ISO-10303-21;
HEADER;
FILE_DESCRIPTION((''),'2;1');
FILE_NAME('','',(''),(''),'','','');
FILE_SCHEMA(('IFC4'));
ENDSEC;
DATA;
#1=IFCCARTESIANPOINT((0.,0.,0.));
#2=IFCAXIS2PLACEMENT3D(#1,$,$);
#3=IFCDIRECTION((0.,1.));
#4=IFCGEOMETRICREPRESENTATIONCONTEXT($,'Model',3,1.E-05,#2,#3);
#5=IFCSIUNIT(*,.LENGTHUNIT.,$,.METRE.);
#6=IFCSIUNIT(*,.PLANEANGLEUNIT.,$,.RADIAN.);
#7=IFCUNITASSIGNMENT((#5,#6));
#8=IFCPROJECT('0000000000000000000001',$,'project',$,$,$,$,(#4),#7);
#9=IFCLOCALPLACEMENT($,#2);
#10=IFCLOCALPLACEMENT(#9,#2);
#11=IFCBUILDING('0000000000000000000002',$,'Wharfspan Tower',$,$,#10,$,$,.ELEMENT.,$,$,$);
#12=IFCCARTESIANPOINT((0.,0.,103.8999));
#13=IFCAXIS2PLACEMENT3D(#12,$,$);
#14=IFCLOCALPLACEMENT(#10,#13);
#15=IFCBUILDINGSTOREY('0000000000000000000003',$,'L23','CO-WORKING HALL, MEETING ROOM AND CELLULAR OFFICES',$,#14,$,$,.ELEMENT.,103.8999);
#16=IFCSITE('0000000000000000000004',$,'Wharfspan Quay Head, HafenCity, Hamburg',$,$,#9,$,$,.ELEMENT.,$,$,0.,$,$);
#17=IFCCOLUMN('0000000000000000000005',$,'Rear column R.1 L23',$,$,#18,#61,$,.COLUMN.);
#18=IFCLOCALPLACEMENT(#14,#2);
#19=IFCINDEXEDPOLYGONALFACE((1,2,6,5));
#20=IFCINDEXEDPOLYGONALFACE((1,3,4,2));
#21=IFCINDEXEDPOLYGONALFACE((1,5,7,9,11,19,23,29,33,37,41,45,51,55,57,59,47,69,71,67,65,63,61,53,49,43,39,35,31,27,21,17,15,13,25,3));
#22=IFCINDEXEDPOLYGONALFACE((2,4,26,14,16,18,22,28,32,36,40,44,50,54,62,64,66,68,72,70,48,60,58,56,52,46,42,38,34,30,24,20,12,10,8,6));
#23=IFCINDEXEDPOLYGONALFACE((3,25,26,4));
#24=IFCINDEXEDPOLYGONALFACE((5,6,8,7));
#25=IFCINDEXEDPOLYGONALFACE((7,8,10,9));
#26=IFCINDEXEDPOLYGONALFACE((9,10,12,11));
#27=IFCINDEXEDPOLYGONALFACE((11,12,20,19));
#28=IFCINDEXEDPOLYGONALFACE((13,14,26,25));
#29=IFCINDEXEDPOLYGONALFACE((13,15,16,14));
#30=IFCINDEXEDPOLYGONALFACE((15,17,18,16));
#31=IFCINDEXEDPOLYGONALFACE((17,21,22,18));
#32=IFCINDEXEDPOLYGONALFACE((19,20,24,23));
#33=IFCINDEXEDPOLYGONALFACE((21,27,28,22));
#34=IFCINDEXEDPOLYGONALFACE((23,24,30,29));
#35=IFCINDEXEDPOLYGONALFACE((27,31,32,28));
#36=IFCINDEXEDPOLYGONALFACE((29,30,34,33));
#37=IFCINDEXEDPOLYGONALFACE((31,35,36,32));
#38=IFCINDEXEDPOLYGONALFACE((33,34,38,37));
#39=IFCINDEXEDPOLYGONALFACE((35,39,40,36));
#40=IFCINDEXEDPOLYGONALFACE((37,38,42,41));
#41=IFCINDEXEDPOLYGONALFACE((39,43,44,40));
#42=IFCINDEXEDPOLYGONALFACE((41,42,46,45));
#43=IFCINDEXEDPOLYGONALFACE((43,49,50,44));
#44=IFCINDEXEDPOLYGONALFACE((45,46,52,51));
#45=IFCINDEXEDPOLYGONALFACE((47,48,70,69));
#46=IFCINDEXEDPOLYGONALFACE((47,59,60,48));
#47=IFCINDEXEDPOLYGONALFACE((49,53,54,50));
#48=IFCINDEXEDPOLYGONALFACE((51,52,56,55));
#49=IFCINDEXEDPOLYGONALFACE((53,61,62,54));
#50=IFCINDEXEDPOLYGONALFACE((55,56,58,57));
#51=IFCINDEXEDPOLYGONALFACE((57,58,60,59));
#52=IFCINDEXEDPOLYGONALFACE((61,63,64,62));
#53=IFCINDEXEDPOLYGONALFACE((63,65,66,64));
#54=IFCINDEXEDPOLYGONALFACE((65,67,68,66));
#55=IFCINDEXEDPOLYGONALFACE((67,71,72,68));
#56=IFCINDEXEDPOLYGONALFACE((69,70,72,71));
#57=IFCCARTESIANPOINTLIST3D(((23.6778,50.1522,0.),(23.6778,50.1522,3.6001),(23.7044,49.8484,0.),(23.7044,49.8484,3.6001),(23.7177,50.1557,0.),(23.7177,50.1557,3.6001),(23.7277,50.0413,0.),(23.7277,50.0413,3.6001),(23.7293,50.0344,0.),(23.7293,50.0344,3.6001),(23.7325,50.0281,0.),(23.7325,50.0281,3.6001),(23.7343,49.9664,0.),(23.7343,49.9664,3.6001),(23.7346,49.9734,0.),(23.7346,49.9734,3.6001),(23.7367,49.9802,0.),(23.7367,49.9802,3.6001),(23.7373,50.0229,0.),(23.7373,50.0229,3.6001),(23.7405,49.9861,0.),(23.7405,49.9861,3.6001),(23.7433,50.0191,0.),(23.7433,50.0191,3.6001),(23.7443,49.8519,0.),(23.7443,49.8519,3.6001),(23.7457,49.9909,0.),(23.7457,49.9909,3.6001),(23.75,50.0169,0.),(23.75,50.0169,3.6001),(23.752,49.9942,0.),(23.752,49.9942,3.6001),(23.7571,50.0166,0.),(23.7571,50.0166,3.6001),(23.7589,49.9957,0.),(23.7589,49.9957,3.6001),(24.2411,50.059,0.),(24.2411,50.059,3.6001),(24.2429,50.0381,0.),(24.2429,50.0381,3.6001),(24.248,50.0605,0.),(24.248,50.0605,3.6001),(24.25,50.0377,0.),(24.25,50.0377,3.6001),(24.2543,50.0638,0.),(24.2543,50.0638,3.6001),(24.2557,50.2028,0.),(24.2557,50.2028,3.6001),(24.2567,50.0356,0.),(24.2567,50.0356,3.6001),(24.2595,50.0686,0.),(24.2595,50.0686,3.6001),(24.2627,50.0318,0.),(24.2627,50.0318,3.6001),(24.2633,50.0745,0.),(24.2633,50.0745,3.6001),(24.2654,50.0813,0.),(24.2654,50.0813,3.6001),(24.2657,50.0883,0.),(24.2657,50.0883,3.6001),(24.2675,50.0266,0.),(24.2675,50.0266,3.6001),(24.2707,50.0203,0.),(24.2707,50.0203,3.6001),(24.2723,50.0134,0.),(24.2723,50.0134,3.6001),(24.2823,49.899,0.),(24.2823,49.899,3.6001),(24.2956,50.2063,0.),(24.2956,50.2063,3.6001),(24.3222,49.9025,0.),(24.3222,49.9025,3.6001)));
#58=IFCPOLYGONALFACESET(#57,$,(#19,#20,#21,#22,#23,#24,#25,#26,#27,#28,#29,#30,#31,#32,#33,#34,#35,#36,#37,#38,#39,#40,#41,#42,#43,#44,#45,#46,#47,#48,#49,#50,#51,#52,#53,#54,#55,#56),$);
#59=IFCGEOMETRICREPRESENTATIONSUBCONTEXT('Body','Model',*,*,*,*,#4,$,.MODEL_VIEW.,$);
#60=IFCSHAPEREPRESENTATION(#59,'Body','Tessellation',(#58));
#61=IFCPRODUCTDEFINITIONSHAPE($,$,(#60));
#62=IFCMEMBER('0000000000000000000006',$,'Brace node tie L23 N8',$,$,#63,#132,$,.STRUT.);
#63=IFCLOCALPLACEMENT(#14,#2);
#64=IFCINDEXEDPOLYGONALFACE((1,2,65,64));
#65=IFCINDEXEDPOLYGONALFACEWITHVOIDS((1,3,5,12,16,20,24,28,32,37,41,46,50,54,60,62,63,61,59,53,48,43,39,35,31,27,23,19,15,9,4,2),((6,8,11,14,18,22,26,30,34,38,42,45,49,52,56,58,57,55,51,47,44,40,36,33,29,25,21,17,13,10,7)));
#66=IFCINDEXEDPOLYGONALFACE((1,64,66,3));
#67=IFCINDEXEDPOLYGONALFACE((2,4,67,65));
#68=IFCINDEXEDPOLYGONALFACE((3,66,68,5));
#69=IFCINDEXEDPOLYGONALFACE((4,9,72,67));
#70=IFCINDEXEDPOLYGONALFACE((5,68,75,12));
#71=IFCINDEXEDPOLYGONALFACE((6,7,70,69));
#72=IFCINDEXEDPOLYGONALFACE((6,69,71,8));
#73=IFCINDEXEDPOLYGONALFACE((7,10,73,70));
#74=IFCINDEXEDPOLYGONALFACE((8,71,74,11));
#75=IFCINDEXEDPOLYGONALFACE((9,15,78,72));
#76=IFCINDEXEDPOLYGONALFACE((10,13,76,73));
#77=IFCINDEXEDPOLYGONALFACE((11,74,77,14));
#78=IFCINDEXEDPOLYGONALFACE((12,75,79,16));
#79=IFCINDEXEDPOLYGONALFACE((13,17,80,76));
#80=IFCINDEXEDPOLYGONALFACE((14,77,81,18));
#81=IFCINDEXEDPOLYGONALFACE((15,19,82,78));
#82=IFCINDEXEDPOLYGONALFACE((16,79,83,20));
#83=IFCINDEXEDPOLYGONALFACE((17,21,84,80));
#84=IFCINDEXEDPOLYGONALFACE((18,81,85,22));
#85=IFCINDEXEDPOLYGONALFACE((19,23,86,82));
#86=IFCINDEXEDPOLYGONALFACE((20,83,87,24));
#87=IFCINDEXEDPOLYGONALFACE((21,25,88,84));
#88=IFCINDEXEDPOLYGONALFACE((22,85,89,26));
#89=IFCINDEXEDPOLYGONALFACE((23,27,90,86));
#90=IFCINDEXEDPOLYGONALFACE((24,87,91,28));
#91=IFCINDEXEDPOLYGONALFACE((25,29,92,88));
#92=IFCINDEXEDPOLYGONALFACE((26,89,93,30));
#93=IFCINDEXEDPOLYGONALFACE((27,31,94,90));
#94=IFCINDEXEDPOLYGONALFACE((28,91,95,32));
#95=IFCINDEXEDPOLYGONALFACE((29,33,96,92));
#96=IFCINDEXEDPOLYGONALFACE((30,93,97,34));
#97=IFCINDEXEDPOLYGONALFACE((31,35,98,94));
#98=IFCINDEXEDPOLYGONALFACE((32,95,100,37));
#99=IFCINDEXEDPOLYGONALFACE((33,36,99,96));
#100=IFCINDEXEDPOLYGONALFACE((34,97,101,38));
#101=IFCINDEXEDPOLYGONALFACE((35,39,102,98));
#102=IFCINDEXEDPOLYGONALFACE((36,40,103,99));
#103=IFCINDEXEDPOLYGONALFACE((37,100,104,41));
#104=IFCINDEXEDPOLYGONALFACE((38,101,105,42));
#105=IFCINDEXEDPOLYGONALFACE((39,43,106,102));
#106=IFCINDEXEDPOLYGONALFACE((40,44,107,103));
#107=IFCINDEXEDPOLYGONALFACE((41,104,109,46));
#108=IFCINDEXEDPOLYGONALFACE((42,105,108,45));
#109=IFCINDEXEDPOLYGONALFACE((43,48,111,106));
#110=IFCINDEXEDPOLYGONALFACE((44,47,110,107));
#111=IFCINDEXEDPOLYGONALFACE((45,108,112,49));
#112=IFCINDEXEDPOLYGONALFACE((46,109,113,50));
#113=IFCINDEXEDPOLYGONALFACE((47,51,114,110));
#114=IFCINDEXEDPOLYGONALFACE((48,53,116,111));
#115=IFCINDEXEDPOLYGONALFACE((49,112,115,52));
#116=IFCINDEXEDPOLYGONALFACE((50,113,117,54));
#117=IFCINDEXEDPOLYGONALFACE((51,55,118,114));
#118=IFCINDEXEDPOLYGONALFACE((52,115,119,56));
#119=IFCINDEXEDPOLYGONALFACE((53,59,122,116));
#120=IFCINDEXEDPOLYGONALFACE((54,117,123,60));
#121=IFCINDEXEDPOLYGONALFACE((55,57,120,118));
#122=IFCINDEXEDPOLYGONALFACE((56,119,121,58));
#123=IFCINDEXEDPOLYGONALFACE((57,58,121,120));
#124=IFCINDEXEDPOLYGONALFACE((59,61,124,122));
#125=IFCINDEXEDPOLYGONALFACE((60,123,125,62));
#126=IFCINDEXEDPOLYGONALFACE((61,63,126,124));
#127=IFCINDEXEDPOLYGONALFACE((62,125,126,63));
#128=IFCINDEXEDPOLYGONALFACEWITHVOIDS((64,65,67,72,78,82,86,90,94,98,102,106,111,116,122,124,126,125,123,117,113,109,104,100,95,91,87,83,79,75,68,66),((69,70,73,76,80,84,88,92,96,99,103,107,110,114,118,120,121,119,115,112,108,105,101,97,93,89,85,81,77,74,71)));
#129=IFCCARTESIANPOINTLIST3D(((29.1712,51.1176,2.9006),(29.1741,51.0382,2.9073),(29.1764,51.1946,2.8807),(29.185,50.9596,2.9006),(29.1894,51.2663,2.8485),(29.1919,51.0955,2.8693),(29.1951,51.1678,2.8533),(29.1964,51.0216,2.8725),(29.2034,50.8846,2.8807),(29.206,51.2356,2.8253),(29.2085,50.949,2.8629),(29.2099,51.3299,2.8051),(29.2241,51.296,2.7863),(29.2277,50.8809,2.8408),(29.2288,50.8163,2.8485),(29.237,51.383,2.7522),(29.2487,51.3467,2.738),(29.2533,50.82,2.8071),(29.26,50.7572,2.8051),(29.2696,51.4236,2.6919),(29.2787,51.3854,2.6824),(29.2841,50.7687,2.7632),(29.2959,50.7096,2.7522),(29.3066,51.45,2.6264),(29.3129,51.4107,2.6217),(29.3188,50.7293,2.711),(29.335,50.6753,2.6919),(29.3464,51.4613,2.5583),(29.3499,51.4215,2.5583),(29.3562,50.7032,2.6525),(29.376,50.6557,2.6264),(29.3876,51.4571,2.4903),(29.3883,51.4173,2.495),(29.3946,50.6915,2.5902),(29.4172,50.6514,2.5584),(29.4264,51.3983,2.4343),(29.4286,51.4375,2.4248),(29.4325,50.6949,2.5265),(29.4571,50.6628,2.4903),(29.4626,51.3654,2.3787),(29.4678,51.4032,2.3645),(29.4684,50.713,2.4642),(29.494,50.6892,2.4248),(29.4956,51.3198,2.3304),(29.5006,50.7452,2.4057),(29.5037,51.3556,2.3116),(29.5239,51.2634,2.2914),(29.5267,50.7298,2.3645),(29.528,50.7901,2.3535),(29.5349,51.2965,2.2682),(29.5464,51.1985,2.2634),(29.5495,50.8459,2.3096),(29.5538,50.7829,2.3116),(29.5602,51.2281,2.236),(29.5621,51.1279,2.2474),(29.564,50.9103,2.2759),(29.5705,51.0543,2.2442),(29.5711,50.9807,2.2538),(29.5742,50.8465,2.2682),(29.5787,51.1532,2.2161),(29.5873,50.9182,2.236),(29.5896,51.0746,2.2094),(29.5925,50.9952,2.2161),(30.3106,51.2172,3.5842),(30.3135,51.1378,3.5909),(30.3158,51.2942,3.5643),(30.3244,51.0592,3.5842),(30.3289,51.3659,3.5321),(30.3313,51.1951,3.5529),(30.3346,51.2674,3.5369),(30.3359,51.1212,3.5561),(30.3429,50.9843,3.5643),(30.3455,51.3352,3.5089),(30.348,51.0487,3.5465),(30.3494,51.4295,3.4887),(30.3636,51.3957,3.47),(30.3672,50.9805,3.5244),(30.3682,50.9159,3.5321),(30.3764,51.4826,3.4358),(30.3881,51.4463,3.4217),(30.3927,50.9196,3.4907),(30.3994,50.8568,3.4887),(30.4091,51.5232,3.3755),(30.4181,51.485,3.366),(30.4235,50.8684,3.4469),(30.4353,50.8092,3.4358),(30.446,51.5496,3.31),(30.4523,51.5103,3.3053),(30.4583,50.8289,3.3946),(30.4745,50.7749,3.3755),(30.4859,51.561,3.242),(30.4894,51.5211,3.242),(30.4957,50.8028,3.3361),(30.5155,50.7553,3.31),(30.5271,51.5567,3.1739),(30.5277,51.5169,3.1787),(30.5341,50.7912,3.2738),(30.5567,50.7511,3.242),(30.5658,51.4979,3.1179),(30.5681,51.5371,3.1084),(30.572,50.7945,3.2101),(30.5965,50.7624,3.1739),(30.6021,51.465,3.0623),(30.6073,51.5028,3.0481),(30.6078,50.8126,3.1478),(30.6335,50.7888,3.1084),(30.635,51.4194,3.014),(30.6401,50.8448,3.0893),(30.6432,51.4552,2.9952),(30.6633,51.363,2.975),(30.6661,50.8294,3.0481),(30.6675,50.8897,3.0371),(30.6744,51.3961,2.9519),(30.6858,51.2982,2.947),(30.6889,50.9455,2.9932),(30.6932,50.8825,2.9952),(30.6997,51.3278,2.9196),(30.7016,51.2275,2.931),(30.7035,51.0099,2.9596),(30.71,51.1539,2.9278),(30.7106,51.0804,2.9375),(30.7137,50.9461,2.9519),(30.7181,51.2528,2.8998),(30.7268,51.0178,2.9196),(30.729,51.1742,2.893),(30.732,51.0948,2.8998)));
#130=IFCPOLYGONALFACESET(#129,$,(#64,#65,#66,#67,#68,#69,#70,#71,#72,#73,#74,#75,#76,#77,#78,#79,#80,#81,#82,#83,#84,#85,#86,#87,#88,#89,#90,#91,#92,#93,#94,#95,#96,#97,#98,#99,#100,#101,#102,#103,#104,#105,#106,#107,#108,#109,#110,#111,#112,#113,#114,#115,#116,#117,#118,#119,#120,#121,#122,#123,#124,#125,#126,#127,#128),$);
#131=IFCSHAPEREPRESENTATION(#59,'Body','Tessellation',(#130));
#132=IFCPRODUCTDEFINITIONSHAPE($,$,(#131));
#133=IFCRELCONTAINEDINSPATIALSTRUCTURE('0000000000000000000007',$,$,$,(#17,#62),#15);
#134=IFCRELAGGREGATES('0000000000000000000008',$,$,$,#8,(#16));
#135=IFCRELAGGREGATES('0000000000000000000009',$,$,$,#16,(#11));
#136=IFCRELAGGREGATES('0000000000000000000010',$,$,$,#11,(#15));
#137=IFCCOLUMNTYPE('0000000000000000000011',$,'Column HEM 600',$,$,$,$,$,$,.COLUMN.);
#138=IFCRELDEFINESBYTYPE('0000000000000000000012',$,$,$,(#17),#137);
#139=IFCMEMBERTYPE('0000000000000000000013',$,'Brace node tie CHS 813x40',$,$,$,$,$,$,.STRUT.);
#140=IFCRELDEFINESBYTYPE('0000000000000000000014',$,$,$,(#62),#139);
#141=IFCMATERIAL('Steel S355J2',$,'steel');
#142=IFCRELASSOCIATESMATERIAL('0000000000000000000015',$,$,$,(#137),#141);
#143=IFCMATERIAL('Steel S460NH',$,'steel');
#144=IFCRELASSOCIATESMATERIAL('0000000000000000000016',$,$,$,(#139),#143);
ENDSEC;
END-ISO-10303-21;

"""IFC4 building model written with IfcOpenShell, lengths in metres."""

from ifc_helpers import new_model, si_unit, direction, frame, origin, origin_2d, place, context, subcontext, project, spatial, hollow_circle, i_section, extrude, material, material_profile, profile_set, type_object, element, save


model = new_model("IFC4")

# Units and contexts
model_context = context("Model", 3, precision=1e-05, world=origin(), true_north=direction((0.0, 1.0)))
body_context = subcontext(model_context, "Body", "Model", "MODEL_VIEW")
ifc_project = project(units=[si_unit("LENGTHUNIT", "METRE"), si_unit("PLANEANGLEUNIT", "RADIAN")], contexts=[model_context])

# Site, building, storey
site_placement = place(None, origin())
site = spatial("IfcSite", under=ifc_project, at=site_placement, Name="Wharfspan Quay Head, HafenCity, Hamburg", CompositionType="ELEMENT", RefElevation=0.0)
building_placement = place(site_placement, origin())
building = spatial("IfcBuilding", under=site, at=building_placement, Name="Wharfspan Tower", CompositionType="ELEMENT")
storey_placement = place(building_placement, frame((0.0, 0.0, 103.8999)))
storey = spatial("IfcBuildingStorey", under=building, at=storey_placement, Name="L23", Description="CO-WORKING HALL, MEETING ROOM AND CELLULAR OFFICES", CompositionType="ELEMENT", Elevation=103.8999)

# Column
ifc_material_1 = material(Name="Steel S355J2", Category="steel")
ifc_material_profile_1 = material_profile(ifc_material_1, i_section(OverallWidth=0.3049, OverallDepth=0.6201, WebThickness=0.021, FlangeThickness=0.04, FilletRadius=0.0271, at=origin_2d()))
ifc_profile_set_1 = profile_set([ifc_material_profile_1], Name="Steel S355J2")
column_type = type_object("IfcColumnType", Name="Column HEM 600", PredefinedType="COLUMN", material=ifc_profile_set_1)
column_placement = place(storey_placement, frame((24.0, 50.0273, 0.0), z_axis=(0.0, 0.0, 1.0), x_axis=(-0.087156, 0.996198, 0.0)))
element("IfcColumn", 1, at=column_placement, inside=storey, type_object=column_type, Name="Rear column R.1 L23", PredefinedType="COLUMN", context=body_context, shape_type="SweptSolid", body=[
    extrude(i_section(OverallWidth=0.3049, OverallDepth=0.6201, WebThickness=0.021, FlangeThickness=0.04, FilletRadius=0.0271, at=origin_2d()), origin(), (0.0, 0.0, 1.0), 3.6001),
])

# Member
ifc_material_2 = material(Name="Steel S460NH", Category="steel")
ifc_material_profile_2 = material_profile(ifc_material_2, hollow_circle(Radius=0.4065, WallThickness=0.04, at=origin_2d()))
ifc_profile_set_2 = profile_set([ifc_material_profile_2], Name="Steel S460NH")
member_type_1 = type_object("IfcMemberType", Name="Brace node tie CHS 813x40", PredefinedType="STRUT", material=ifc_profile_set_2)
member_1_placement = place(storey_placement, frame((29.3818, 51.0564, 2.5583), z_axis=(0.85511, 0.074756, 0.513029), x_axis=(-0.087089, 0.996197, -0.000002)))
element("IfcMember", 2, at=member_1_placement, inside=storey, type_object=member_type_1, Name="Brace node tie L23 N8", PredefinedType="STRUT", context=body_context, shape_type="SweptSolid", body=[
    extrude(hollow_circle(Radius=0.4065, WallThickness=0.04, at=origin_2d()), origin(), (0.0, 0.0, 1.0), 1.3325),
])

save(model, "model.ifc")
